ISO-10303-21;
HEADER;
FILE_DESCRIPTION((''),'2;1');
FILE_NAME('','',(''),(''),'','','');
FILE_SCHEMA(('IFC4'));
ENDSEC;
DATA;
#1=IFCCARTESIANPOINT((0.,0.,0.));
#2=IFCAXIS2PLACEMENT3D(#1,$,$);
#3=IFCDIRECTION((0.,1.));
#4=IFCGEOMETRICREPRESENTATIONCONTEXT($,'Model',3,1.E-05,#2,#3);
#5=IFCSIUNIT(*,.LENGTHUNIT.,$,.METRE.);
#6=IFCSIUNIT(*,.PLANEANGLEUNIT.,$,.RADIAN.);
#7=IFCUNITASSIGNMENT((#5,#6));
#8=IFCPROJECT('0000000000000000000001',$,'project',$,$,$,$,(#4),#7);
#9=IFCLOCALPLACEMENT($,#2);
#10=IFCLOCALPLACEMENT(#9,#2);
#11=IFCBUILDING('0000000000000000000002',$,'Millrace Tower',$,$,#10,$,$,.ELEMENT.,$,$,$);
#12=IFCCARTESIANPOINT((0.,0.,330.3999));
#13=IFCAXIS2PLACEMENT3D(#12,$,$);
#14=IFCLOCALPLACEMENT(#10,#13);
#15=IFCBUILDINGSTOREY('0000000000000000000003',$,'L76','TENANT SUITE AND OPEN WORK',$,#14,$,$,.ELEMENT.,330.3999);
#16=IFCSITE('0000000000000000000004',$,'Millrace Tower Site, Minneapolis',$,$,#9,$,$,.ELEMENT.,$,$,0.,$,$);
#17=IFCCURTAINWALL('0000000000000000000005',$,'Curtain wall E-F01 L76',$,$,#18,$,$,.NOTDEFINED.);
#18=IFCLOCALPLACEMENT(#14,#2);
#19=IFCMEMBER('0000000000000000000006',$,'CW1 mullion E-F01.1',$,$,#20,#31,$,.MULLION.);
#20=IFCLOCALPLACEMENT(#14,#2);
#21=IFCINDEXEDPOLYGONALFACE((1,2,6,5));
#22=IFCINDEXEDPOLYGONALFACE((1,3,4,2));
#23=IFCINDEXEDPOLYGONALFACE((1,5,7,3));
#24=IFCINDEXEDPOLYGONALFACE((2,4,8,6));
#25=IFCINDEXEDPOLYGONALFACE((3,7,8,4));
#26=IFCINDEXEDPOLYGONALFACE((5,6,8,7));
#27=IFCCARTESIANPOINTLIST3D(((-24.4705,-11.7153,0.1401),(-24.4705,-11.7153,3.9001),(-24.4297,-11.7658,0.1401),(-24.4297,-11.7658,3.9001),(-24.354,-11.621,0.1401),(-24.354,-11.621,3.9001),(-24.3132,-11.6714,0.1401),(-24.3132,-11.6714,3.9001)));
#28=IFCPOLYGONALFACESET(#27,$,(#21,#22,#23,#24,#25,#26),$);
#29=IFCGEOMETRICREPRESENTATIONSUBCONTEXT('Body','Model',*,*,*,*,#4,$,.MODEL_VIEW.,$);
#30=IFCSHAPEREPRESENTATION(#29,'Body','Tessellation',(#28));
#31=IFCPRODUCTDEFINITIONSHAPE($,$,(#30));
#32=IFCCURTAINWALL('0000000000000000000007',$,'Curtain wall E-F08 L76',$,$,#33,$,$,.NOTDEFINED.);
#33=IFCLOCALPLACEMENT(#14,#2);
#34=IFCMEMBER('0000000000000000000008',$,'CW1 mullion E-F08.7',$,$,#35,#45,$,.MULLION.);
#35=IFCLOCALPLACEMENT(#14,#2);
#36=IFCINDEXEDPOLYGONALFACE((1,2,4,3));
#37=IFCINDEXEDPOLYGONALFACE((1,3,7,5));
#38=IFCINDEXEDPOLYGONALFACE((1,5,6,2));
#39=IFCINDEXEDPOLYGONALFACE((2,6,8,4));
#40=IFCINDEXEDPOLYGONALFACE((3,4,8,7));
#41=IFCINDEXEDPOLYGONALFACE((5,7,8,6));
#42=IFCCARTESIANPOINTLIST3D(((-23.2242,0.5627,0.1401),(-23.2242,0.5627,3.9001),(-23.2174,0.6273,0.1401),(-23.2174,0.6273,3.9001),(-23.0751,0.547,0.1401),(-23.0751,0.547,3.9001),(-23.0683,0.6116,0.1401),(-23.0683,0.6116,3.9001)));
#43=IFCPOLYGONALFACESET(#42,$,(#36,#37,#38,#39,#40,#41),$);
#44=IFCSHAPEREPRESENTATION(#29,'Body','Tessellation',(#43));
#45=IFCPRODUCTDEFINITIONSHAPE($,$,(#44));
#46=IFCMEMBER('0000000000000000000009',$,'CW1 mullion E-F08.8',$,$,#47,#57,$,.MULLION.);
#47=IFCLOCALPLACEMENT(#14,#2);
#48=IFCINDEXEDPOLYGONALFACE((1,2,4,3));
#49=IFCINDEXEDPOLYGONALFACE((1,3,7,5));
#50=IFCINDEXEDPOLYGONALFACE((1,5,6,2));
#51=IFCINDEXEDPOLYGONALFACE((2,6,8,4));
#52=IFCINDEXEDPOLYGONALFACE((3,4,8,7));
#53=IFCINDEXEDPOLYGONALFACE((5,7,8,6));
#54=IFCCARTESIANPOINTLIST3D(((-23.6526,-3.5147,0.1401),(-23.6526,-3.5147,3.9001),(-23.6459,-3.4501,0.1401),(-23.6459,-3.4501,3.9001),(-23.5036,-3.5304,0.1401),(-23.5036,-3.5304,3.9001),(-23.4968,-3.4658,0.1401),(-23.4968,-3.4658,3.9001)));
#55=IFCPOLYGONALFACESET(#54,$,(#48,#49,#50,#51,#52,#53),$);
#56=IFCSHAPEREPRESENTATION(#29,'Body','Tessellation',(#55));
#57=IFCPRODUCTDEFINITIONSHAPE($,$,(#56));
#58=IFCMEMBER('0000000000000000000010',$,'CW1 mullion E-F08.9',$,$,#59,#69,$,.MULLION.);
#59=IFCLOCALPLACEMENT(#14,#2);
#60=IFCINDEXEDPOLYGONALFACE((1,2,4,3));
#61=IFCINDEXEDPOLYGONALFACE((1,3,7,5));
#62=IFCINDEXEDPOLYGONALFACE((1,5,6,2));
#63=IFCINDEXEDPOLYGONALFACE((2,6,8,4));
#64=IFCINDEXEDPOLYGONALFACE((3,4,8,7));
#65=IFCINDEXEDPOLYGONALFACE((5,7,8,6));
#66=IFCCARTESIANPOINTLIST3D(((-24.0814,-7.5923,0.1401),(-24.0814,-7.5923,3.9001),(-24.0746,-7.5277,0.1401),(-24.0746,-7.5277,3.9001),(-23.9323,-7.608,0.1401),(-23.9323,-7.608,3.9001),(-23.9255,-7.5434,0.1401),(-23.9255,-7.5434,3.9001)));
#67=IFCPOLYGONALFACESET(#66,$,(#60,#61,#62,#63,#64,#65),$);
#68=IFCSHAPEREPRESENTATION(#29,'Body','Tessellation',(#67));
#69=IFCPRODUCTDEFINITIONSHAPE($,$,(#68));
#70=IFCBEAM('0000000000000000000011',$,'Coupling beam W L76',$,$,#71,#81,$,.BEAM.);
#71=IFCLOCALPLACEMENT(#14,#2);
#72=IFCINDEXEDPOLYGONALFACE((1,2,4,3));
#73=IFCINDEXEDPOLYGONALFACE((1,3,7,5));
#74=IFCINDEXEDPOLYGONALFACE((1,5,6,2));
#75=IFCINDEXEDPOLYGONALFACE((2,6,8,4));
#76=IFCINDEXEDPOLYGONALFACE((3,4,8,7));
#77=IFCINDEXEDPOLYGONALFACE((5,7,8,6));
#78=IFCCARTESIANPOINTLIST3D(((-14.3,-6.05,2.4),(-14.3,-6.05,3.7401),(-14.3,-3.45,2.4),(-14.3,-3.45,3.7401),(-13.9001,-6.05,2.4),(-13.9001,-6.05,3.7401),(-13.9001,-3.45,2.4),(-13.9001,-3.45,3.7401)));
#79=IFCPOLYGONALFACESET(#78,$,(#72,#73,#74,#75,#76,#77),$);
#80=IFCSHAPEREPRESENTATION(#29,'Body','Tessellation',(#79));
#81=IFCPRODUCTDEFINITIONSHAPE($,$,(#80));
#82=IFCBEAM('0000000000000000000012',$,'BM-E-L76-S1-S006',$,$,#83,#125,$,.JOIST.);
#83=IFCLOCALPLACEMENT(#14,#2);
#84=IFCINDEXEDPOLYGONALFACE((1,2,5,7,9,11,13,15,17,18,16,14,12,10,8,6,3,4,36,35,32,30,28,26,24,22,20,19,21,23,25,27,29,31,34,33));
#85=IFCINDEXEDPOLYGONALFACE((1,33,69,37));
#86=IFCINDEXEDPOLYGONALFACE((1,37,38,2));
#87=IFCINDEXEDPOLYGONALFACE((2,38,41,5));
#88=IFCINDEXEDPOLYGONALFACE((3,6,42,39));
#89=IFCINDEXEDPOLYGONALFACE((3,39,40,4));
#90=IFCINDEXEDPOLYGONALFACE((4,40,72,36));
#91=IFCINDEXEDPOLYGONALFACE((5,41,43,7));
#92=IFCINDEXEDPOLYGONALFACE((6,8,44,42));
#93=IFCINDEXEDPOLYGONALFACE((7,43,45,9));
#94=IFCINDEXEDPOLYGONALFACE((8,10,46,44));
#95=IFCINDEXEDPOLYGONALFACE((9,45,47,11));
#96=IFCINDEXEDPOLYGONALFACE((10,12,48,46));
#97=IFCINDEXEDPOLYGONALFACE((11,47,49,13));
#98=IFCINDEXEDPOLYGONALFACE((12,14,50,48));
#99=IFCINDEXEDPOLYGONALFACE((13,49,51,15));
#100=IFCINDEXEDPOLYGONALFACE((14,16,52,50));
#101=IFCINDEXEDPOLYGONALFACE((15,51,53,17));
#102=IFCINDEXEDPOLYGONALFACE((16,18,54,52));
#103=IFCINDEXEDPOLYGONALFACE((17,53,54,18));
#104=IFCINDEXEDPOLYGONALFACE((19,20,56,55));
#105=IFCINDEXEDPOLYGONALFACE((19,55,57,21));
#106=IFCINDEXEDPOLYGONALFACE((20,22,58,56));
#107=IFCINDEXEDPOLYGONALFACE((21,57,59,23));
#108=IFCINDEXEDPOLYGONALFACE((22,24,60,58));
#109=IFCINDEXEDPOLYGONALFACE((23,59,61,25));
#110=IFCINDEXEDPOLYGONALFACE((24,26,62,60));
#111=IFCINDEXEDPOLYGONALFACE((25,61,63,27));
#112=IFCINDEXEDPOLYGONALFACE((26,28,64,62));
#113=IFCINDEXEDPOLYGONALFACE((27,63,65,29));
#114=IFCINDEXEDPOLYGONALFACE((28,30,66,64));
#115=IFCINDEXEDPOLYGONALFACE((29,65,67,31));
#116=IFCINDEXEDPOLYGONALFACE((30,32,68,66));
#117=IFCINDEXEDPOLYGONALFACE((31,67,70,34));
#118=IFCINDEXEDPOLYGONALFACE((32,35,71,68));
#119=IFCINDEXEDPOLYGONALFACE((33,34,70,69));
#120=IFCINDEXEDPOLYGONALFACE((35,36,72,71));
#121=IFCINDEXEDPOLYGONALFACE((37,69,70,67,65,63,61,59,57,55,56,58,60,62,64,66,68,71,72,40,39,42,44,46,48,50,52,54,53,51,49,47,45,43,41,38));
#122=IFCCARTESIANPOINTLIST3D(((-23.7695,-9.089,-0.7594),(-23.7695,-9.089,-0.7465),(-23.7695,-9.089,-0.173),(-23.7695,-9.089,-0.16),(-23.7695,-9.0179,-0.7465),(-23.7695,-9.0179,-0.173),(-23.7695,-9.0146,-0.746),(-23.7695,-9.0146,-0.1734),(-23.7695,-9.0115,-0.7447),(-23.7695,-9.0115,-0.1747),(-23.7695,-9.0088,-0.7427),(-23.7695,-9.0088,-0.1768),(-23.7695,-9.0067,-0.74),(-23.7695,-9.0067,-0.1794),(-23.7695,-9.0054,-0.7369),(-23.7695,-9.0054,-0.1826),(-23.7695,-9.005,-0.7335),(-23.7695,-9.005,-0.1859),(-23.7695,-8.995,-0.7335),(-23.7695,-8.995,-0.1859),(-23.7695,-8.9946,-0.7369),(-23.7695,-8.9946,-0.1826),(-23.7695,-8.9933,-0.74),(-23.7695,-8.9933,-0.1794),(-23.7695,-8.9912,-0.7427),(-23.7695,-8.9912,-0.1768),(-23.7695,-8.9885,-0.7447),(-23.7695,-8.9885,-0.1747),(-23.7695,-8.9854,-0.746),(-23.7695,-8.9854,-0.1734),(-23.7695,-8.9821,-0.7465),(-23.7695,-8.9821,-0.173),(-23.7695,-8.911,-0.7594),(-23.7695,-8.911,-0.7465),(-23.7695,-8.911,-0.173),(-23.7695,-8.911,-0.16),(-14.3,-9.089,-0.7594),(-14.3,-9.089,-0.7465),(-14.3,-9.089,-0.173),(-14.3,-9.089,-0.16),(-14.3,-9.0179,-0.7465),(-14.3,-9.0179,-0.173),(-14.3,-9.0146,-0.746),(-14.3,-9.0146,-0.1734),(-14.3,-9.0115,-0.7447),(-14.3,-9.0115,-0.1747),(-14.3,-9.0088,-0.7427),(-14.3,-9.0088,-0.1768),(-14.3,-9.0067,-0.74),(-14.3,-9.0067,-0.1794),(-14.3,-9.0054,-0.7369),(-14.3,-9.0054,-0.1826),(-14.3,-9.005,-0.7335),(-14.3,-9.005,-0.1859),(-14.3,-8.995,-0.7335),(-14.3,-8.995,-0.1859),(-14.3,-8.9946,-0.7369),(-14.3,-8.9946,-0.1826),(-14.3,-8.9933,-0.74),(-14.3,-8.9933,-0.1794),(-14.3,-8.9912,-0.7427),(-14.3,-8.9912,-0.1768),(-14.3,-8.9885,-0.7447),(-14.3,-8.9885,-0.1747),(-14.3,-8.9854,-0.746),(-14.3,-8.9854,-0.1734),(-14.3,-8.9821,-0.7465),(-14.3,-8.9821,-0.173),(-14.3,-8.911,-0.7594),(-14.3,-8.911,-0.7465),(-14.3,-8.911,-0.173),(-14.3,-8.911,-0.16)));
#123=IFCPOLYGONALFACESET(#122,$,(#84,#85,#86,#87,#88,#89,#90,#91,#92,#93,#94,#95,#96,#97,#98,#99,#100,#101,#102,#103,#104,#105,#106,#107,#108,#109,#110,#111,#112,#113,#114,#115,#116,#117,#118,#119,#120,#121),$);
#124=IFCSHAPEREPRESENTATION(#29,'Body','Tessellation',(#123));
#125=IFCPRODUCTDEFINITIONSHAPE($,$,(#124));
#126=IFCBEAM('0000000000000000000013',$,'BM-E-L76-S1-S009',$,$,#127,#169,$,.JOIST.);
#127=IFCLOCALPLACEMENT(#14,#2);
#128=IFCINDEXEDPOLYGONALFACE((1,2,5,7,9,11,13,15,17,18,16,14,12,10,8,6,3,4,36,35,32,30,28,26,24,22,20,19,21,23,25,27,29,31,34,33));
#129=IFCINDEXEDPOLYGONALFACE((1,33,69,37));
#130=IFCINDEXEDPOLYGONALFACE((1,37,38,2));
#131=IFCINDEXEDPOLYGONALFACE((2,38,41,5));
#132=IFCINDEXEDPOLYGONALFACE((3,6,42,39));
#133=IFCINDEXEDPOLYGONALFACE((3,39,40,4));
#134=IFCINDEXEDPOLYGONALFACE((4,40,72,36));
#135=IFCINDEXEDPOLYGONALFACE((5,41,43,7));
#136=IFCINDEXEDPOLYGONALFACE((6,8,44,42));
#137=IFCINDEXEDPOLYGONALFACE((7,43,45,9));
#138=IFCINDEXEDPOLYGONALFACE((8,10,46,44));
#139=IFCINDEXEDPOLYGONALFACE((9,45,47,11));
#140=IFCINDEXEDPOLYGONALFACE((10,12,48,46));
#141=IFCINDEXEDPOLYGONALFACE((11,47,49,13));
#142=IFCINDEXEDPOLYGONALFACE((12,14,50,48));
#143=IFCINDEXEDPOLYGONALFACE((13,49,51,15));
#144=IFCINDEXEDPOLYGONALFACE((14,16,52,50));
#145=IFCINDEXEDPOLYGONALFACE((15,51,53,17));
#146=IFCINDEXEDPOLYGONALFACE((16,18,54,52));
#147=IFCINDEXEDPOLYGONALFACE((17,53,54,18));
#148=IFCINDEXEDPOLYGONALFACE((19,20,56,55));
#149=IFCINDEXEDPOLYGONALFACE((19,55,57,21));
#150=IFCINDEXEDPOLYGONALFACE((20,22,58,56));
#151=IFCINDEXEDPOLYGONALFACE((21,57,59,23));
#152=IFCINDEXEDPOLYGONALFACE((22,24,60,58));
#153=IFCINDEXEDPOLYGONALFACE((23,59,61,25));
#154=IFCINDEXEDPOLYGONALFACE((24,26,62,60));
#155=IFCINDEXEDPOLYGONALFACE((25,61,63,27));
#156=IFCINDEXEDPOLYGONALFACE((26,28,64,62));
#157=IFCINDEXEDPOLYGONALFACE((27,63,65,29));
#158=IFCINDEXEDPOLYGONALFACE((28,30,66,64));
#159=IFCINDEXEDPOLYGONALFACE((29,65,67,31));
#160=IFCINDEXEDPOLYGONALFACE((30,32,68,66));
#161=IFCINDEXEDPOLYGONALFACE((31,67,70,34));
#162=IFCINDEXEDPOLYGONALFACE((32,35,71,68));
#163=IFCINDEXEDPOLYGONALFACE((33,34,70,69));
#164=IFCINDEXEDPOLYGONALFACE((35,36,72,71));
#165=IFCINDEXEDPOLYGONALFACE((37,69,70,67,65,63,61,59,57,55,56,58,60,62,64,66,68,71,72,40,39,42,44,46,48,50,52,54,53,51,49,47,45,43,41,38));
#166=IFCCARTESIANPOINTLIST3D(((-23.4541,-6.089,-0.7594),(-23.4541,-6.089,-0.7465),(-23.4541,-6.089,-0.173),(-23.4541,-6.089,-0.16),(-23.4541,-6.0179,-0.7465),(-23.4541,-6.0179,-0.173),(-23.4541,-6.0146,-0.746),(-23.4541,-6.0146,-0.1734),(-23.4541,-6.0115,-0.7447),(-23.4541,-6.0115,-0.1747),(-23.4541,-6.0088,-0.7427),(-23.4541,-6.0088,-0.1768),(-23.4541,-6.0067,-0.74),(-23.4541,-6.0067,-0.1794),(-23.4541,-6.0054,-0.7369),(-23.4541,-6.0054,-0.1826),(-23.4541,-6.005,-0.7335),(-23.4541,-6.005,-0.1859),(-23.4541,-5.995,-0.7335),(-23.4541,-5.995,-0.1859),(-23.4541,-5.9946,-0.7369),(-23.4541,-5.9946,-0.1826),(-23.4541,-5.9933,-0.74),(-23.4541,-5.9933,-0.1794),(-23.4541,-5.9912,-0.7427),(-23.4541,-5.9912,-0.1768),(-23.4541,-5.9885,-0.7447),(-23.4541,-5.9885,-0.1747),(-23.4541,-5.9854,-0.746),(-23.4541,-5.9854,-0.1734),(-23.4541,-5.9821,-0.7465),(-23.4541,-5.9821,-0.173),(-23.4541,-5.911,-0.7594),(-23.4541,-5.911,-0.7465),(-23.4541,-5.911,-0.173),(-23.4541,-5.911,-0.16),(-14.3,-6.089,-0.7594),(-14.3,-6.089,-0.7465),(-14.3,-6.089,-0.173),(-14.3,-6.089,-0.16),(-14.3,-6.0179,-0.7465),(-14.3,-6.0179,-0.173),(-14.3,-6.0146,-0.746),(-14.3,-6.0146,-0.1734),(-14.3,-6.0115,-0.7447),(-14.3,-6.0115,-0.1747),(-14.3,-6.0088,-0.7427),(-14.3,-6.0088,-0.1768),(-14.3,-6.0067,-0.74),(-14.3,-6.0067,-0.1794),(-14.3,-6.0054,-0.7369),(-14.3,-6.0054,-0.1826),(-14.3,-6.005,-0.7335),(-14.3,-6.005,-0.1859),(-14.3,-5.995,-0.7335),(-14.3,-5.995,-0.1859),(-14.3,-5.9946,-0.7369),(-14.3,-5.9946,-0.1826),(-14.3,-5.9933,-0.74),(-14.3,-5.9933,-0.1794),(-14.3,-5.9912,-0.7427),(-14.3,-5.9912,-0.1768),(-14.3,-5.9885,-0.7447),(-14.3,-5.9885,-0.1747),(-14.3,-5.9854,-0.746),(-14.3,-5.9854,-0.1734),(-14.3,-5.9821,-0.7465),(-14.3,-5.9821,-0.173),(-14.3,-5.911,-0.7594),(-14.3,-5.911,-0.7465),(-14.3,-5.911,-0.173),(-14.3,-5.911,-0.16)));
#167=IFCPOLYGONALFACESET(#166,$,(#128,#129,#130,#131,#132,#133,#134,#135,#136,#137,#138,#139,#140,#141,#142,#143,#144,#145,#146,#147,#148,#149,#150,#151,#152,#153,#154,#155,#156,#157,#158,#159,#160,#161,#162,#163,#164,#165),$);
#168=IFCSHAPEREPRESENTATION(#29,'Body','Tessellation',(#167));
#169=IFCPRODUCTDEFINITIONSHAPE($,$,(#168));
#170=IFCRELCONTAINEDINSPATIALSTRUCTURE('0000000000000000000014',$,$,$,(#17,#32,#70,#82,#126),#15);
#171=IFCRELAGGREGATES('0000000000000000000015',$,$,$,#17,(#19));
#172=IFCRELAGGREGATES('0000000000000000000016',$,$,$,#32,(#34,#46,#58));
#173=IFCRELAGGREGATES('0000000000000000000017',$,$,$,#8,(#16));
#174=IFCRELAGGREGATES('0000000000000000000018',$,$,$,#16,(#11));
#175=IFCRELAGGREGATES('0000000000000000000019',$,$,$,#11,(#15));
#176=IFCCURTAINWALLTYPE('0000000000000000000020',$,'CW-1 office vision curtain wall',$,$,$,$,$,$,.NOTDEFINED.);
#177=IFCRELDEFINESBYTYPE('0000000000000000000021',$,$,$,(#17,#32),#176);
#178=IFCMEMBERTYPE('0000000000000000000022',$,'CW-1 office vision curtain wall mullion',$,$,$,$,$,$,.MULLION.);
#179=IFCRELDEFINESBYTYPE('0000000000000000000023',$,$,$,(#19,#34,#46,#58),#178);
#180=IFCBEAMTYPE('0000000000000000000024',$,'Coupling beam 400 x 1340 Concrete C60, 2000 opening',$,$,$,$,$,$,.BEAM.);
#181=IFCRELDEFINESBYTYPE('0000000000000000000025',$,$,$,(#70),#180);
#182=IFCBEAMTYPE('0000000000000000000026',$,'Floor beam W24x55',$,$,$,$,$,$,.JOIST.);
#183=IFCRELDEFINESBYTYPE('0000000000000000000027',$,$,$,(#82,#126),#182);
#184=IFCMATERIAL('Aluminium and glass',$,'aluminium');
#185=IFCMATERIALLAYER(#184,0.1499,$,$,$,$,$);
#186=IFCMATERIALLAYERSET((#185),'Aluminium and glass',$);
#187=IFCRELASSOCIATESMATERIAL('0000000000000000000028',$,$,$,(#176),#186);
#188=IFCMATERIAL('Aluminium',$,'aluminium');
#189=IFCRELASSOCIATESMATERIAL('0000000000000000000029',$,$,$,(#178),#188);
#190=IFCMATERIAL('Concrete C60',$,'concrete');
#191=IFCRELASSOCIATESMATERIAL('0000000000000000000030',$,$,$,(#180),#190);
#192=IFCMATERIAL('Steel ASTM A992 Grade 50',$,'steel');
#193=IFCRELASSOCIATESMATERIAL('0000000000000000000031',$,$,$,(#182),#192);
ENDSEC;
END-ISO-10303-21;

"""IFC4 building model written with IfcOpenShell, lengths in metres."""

from ifc_helpers import new_model, si_unit, direction, frame, origin, origin_2d, place, context, subcontext, project, spatial, rectangle, i_section, extrude, material, layer, layer_set, material_profile, profile_set, type_object, element, aggregate, save


model = new_model("IFC4")

# Units and contexts
model_context = context("Model", 3, precision=1e-05, world=origin(), true_north=direction((0.0, 1.0)))
body_context = subcontext(model_context, "Body", "Model", "MODEL_VIEW")
ifc_project = project(units=[si_unit("LENGTHUNIT", "METRE"), si_unit("PLANEANGLEUNIT", "RADIAN")], contexts=[model_context])

# Site, building, storey
site_placement = place(None, origin())
site = spatial("IfcSite", under=ifc_project, at=site_placement, Name="Millrace Tower Site, Minneapolis", CompositionType="ELEMENT", RefElevation=0.0)
building_placement = place(site_placement, origin())
building = spatial("IfcBuilding", under=site, at=building_placement, Name="Millrace Tower", CompositionType="ELEMENT")
storey_placement = place(building_placement, frame((0.0, 0.0, 330.3999)))
storey = spatial("IfcBuildingStorey", under=building, at=storey_placement, Name="L76", Description="TENANT SUITE AND OPEN WORK", CompositionType="ELEMENT", Elevation=330.3999)

# Curtain wall, member
ifc_material_1 = material(Name="Aluminium and glass", Category="aluminium")
ifc_layer_1 = layer(ifc_material_1, 0.1499)
ifc_layer_set_1 = layer_set([ifc_layer_1], Name="Aluminium and glass")
curtain_wall_type = type_object("IfcCurtainWallType", Name="CW-1 office vision curtain wall", PredefinedType="NOTDEFINED", material=ifc_layer_set_1)
placement = place(storey_placement, origin())
curtain_wall_1 = element("IfcCurtainWall", 1, at=placement, inside=storey, type_object=curtain_wall_type, Name="Curtain wall E-F01 L76", PredefinedType="NOTDEFINED")
ifc_material_2 = material(Name="Aluminium", Category="aluminium")
ifc_material_profile_1 = material_profile(ifc_material_2, rectangle(XDim=0.0649, YDim=0.1499, at=origin_2d()))
ifc_profile_set_1 = profile_set([ifc_material_profile_1], Name="Aluminium")
member_type = type_object("IfcMemberType", Name="CW-1 office vision curtain wall mullion", PredefinedType="MULLION", material=ifc_profile_set_1)
member_1_placement = place(storey_placement, frame((-24.3918, -11.6934, 0.1401), z_axis=(0.0, 0.0, 1.0), x_axis=(0.62932, -0.777146, 0.0)))
member_1 = element("IfcMember", 2, at=member_1_placement, type_object=member_type, Name="CW1 mullion E-F01.1", PredefinedType="MULLION", context=body_context, shape_type="SweptSolid", body=[
    extrude(rectangle(XDim=0.0649, YDim=0.1499, at=origin_2d()), origin(), (0.0, 0.0, 1.0), 3.76),
])
aggregate(curtain_wall_1, [member_1])

# Curtain wall, members
curtain_wall_2 = element("IfcCurtainWall", 3, at=placement, inside=storey, type_object=curtain_wall_type, Name="Curtain wall E-F08 L76", PredefinedType="NOTDEFINED")
member_2_placement = place(storey_placement, frame((-23.1462, 0.5872, 0.1401), z_axis=(0.0, 0.0, 1.0), x_axis=(-0.104528, -0.994522, 0.0)))
member_2 = element("IfcMember", 4, at=member_2_placement, type_object=member_type, Name="CW1 mullion E-F08.7", PredefinedType="MULLION", context=body_context, shape_type="SweptSolid", body=[
    extrude(rectangle(XDim=0.0649, YDim=0.1499, at=origin_2d()), origin(), (0.0, 0.0, 1.0), 3.76),
])
member_3_placement = place(storey_placement, frame((-23.5747, -3.4902, 0.1401), z_axis=(0.0, 0.0, 1.0), x_axis=(-0.104528, -0.994522, 0.0)))
member_3 = element("IfcMember", 5, at=member_3_placement, type_object=member_type, Name="CW1 mullion E-F08.8", PredefinedType="MULLION", context=body_context, shape_type="SweptSolid", body=[
    extrude(rectangle(XDim=0.0649, YDim=0.1499, at=origin_2d()), origin(), (0.0, 0.0, 1.0), 3.76),
])
member_4_placement = place(storey_placement, frame((-24.0034, -7.5679, 0.1401), z_axis=(0.0, 0.0, 1.0), x_axis=(-0.104528, -0.994522, 0.0)))
member_4 = element("IfcMember", 6, at=member_4_placement, type_object=member_type, Name="CW1 mullion E-F08.9", PredefinedType="MULLION", context=body_context, shape_type="SweptSolid", body=[
    extrude(rectangle(XDim=0.0649, YDim=0.1499, at=origin_2d()), origin(), (0.0, 0.0, 1.0), 3.76),
])
aggregate(curtain_wall_2, [member_2, member_3, member_4])

# Beams
ifc_material_3 = material(Name="Concrete C60", Category="concrete")
ifc_material_profile_2 = material_profile(ifc_material_3, rectangle(XDim=0.3999, YDim=1.3401, at=origin_2d()))
ifc_profile_set_2 = profile_set([ifc_material_profile_2], Name="Concrete C60")
beam_type_1 = type_object("IfcBeamType", Name="Coupling beam 400 x 1340 Concrete C60, 2000 opening", PredefinedType="BEAM", material=ifc_profile_set_2)
beam_1_placement = place(storey_placement, frame((-14.1001, -6.05, 3.0701), z_axis=(0.0, 1.0, 0.0), x_axis=(-1.0, 0.0, 0.0)))
element("IfcBeam", 7, at=beam_1_placement, inside=storey, type_object=beam_type_1, Name="Coupling beam W L76", PredefinedType="BEAM", context=body_context, shape_type="SweptSolid", body=[
    extrude(rectangle(XDim=0.3999, YDim=1.3401, at=origin_2d()), origin(), (0.0, 0.0, 1.0), 2.6001),
])
ifc_material_4 = material(Name="Steel ASTM A992 Grade 50", Category="steel")
ifc_material_profile_3 = material_profile(ifc_material_4, i_section(OverallWidth=0.178, OverallDepth=0.5994, WebThickness=0.01, FlangeThickness=0.0129, FilletRadius=0.0129, at=origin_2d()))
ifc_profile_set_3 = profile_set([ifc_material_profile_3], Name="Steel ASTM A992 Grade 50")
beam_type_2 = type_object("IfcBeamType", Name="Floor beam W24x55", PredefinedType="JOIST", material=ifc_profile_set_3)
beam_2_placement = place(storey_placement, frame((-23.7695, -9.0, -0.4597), z_axis=(1.0, 0.0, 0.0), x_axis=(0.0, 1.0, 0.0)))
element("IfcBeam", 8, at=beam_2_placement, inside=storey, type_object=beam_type_2, Name="BM-E-L76-S1-S006", PredefinedType="JOIST", context=body_context, shape_type="SweptSolid", body=[
    extrude(i_section(OverallWidth=0.178, OverallDepth=0.5994, WebThickness=0.01, FlangeThickness=0.0129, FilletRadius=0.0129, at=origin_2d()), origin(), (0.0, 0.0, 1.0), 9.4695),
])
beam_3_placement = place(storey_placement, frame((-23.4541, -6.0, -0.4597), z_axis=(1.0, 0.0, 0.0), x_axis=(0.0, 1.0, 0.0)))
element("IfcBeam", 9, at=beam_3_placement, inside=storey, type_object=beam_type_2, Name="BM-E-L76-S1-S009", PredefinedType="JOIST", context=body_context, shape_type="SweptSolid", body=[
    extrude(i_section(OverallWidth=0.178, OverallDepth=0.5994, WebThickness=0.01, FlangeThickness=0.0129, FilletRadius=0.0129, at=origin_2d()), origin(), (0.0, 0.0, 1.0), 9.1541),
])

save(model, "model.ifc")
